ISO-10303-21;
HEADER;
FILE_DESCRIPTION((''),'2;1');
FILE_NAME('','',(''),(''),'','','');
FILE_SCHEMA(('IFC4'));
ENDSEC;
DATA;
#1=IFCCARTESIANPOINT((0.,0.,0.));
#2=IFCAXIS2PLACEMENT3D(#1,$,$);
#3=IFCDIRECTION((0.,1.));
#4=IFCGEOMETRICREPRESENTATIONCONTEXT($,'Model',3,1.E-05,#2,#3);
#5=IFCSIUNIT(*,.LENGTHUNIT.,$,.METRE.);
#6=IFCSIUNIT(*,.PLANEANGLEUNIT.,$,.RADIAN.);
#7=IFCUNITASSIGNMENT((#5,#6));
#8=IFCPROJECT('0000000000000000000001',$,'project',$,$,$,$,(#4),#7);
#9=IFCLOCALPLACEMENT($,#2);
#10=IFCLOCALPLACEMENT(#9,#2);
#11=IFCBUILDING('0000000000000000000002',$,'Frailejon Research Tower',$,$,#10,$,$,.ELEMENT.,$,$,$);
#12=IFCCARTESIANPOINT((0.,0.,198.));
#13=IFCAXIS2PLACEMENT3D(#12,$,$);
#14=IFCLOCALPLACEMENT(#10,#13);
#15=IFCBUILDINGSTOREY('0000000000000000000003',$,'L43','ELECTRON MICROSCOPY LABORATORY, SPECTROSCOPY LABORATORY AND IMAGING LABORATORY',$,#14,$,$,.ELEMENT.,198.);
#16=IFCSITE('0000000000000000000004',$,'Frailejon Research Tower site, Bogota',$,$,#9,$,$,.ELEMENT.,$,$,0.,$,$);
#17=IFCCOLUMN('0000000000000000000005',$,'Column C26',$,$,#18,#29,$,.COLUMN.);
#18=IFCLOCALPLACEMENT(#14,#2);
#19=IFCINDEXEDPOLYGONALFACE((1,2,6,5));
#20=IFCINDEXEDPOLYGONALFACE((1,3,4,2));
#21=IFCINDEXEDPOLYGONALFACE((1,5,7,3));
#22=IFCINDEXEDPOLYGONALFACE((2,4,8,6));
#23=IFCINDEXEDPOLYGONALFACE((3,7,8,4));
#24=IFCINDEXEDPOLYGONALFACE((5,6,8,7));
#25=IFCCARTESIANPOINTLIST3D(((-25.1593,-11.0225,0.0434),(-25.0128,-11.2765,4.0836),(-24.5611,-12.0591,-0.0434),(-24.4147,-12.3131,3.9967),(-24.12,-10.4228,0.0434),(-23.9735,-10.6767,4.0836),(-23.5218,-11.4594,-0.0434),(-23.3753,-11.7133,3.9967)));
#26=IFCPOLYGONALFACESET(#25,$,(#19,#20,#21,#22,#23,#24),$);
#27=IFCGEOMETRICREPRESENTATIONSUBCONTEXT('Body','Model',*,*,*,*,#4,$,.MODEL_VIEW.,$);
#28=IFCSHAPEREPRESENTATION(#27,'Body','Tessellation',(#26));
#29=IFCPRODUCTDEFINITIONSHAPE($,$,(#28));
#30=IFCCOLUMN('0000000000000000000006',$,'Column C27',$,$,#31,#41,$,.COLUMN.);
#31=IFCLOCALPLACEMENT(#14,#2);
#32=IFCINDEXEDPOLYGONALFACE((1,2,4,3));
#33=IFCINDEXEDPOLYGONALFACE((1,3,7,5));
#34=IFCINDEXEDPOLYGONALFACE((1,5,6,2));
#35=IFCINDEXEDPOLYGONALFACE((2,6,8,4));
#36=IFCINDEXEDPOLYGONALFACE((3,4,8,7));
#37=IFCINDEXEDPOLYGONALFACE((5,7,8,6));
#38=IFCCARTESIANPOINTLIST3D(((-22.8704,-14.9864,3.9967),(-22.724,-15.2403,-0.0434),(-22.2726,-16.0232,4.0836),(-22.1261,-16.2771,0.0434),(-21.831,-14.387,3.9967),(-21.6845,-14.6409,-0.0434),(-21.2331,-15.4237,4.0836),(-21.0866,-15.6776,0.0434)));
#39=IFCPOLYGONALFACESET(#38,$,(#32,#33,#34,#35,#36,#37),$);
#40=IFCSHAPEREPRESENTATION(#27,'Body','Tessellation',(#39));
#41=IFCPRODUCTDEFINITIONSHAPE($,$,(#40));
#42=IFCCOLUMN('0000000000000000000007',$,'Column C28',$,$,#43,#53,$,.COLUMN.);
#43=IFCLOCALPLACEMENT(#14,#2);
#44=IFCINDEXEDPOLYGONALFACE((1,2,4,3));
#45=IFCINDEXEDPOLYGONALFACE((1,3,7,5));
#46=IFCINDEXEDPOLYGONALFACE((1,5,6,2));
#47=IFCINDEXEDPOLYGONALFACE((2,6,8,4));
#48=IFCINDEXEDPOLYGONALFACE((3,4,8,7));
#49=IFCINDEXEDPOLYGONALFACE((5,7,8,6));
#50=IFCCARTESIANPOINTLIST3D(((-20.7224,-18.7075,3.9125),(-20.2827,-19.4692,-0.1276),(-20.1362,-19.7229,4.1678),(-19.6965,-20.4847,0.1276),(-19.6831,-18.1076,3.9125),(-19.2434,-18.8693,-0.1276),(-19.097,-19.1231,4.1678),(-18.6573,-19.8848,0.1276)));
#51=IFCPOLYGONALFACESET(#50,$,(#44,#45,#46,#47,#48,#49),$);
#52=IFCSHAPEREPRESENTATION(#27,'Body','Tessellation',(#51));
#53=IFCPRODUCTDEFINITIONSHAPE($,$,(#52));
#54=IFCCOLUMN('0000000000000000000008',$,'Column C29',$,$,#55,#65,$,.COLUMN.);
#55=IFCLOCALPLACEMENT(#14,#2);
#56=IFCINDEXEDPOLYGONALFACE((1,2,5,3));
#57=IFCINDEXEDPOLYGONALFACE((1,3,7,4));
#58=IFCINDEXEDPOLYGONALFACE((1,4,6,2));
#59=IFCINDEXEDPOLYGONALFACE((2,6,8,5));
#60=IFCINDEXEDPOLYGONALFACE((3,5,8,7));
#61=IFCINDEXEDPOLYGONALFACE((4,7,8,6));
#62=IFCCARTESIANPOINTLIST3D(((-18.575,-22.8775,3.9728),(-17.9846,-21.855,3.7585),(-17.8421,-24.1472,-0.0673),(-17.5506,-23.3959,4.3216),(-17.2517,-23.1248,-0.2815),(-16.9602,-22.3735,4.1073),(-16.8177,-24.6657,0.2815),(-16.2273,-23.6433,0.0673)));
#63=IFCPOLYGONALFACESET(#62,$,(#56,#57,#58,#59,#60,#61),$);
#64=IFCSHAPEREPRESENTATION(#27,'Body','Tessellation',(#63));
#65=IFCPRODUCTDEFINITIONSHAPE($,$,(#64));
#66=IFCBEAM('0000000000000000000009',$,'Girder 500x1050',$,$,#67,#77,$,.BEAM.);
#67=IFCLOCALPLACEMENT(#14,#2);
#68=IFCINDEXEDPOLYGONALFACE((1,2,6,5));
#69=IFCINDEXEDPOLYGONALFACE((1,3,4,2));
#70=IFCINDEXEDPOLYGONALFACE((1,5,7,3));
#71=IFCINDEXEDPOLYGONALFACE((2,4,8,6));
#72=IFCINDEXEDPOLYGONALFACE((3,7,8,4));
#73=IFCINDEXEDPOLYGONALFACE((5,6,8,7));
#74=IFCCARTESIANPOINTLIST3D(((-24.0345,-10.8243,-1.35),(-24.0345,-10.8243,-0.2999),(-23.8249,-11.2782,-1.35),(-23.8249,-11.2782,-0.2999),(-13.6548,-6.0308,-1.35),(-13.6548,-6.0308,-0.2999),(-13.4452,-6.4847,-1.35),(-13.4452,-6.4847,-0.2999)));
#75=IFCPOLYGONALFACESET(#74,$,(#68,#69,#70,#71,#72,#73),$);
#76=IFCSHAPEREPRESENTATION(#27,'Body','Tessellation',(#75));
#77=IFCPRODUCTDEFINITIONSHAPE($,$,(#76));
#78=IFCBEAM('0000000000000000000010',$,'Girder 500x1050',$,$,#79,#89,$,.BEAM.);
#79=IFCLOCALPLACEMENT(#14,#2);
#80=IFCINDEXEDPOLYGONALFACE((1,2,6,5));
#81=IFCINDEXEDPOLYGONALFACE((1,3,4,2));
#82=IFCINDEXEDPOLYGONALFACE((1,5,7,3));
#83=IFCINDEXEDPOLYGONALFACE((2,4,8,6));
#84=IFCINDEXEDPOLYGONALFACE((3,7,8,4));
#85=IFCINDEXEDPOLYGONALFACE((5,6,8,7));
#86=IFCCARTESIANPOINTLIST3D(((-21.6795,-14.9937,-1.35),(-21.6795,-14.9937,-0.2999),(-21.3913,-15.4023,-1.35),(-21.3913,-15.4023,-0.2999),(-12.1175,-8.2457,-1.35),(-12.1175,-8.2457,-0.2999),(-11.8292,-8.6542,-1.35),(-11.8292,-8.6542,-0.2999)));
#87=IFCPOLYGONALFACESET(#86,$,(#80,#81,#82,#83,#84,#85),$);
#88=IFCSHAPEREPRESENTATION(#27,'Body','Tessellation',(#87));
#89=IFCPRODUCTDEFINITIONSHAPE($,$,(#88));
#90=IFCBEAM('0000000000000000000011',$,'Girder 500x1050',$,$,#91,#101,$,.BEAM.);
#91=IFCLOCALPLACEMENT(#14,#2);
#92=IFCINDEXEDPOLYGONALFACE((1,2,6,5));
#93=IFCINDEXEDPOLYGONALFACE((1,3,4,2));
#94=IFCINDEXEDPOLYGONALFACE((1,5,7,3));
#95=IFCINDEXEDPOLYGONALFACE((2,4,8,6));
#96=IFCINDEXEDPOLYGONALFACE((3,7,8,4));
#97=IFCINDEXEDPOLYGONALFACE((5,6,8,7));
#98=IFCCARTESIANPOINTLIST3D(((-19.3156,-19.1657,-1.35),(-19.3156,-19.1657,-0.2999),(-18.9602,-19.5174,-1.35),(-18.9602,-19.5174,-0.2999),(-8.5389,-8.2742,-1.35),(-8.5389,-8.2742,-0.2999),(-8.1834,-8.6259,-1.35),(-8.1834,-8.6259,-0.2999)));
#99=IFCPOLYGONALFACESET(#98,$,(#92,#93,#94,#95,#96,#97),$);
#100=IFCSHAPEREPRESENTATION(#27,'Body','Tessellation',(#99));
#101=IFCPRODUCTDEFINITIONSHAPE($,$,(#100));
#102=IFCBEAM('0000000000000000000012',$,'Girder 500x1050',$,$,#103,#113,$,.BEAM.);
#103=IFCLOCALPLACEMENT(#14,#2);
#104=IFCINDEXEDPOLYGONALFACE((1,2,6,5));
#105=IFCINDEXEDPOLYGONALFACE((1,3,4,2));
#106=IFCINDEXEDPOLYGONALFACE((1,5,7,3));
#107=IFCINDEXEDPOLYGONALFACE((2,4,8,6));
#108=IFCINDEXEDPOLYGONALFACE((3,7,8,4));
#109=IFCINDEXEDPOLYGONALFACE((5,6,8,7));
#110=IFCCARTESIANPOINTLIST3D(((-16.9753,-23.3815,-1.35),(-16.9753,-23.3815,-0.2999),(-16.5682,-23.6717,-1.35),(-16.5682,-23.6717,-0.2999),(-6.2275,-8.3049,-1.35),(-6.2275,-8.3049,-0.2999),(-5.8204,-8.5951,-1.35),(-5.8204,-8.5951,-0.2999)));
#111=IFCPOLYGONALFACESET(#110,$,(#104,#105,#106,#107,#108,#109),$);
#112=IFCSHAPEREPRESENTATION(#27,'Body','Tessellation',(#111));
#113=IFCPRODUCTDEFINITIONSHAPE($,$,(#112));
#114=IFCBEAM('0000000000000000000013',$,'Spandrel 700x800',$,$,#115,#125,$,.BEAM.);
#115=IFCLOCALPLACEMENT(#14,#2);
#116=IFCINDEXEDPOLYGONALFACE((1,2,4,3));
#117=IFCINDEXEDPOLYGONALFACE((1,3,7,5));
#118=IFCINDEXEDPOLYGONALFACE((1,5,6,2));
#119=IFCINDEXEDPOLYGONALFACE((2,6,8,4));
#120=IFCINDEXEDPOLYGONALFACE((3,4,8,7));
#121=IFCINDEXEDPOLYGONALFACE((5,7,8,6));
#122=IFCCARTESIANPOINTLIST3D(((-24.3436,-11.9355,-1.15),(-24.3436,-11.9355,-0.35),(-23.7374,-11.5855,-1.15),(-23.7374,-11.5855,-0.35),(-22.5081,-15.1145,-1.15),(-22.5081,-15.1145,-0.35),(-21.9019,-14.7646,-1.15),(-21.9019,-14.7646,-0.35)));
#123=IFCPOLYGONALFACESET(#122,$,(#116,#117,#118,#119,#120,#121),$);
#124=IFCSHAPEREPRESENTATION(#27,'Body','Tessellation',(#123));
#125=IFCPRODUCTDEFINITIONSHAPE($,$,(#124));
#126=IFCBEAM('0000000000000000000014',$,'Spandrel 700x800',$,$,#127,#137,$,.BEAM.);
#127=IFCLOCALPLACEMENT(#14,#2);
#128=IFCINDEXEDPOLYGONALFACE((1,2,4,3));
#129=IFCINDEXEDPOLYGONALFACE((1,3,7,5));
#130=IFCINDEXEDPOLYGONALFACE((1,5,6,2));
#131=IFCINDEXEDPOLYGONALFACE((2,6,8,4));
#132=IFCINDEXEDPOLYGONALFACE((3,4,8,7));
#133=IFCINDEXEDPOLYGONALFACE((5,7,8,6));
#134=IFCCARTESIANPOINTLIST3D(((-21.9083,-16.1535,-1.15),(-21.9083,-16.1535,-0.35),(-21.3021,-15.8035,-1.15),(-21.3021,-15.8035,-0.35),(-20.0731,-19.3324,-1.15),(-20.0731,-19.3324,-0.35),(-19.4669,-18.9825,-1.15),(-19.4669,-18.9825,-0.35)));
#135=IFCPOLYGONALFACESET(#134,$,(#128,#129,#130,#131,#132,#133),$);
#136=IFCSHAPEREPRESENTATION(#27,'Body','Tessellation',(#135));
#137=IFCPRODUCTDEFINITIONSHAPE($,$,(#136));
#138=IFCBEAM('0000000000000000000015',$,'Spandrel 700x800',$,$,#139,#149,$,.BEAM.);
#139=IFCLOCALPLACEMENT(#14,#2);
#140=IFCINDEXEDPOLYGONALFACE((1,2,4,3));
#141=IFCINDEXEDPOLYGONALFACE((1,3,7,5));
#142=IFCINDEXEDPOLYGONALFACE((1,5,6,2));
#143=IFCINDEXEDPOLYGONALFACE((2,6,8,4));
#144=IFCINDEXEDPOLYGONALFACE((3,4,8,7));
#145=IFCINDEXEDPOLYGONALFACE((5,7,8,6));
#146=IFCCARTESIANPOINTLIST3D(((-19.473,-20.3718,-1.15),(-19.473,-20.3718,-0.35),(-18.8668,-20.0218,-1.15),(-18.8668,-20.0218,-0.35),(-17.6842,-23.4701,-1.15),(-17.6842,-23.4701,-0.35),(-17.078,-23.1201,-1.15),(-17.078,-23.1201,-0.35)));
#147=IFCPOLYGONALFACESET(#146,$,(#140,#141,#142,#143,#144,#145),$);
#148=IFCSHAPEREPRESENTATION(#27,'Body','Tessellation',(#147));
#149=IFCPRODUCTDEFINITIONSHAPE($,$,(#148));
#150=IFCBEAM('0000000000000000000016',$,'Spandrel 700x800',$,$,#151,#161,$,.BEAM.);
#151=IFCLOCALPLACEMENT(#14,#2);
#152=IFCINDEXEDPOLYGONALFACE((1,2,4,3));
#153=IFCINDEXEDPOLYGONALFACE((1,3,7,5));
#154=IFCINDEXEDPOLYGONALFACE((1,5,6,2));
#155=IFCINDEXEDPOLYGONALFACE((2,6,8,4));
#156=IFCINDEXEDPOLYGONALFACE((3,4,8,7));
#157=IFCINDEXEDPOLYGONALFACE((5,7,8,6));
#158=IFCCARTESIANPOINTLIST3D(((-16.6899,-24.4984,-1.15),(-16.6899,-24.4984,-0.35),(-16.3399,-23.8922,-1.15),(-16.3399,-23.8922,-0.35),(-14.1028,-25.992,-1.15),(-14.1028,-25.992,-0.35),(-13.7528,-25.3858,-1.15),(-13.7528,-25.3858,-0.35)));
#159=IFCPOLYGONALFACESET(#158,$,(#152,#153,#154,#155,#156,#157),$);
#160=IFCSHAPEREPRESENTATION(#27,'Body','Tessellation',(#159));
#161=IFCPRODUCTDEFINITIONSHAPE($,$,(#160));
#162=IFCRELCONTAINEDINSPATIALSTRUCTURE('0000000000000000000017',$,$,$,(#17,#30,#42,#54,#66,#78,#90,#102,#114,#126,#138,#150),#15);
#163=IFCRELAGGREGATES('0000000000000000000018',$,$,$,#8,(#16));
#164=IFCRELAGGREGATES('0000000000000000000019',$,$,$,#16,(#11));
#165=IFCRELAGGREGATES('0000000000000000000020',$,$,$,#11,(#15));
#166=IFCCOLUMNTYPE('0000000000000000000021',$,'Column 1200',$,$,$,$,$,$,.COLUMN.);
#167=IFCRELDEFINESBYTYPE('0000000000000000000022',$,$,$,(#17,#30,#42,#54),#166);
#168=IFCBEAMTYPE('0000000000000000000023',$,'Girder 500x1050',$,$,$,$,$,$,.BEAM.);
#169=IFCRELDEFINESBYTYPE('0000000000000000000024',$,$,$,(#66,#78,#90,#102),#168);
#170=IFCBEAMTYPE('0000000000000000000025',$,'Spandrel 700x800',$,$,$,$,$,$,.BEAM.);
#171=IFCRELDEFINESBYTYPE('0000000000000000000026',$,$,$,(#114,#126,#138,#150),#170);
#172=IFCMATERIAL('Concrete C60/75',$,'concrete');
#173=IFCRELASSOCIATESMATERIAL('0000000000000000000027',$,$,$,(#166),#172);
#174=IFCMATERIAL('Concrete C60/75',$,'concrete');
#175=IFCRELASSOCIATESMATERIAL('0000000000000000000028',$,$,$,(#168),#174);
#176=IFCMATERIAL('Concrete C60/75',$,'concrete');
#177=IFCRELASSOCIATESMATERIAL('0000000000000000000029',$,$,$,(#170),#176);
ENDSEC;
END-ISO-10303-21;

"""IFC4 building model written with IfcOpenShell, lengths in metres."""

from ifc_helpers import new_model, si_unit, direction, frame, origin, origin_2d, place, context, subcontext, project, spatial, rectangle, extrude, material, material_profile, profile_set, type_object, element, save


model = new_model("IFC4")

# Units and contexts
model_context = context("Model", 3, precision=1e-05, world=origin(), true_north=direction((0.0, 1.0)))
body_context = subcontext(model_context, "Body", "Model", "MODEL_VIEW")
ifc_project = project(units=[si_unit("LENGTHUNIT", "METRE"), si_unit("PLANEANGLEUNIT", "RADIAN")], contexts=[model_context])

# Site, building, storey
site_placement = place(None, origin())
site = spatial("IfcSite", under=ifc_project, at=site_placement, Name="Frailejon Research Tower site, Bogota", CompositionType="ELEMENT", RefElevation=0.0)
building_placement = place(site_placement, origin())
building = spatial("IfcBuilding", under=site, at=building_placement, Name="Frailejon Research Tower", CompositionType="ELEMENT")
storey_placement = place(building_placement, frame((0.0, 0.0, 198.0)))
storey = spatial("IfcBuildingStorey", under=building, at=storey_placement, Name="L43", Description="ELECTRON MICROSCOPY LABORATORY, SPECTROSCOPY LABORATORY AND IMAGING LABORATORY", CompositionType="ELEMENT", Elevation=198.0)

# Columns
ifc_material_1 = material(Name="Concrete C60/75", Category="concrete")
ifc_material_profile_1 = material_profile(ifc_material_1, rectangle(XDim=1.2, YDim=1.2, at=origin_2d()), Name="Column 1200")
ifc_profile_set_1 = profile_set([ifc_material_profile_1], Name="Concrete C60/75")
column_type = type_object("IfcColumnType", Name="Column 1200", PredefinedType="COLUMN", material=ifc_profile_set_1)
for number, where, z_axis, x_axis, name in (
    (1, (-24.3406, -11.241, 0.0), (0.036163, -0.062683, 0.997378), (0.4985, -0.863864, -0.072366), "Column C26"),
    (2, (-21.9053, -15.459, 0.0), (-0.036163, 0.062683, 0.997378), (0.498264, -0.864, 0.072366), "Column C27"),
):
    element("IfcColumn", number, at=place(storey_placement, frame(where, z_axis=z_axis, x_axis=x_axis)), inside=storey, type_object=column_type, Name=name, PredefinedType="COLUMN", context=body_context, shape_type="SweptSolid", body=[
        extrude(rectangle(XDim=1.2, YDim=1.2, at=origin_2d()), origin(), (0.0, 0.0, 1.0), 4.0508),
    ])
column_1_placement = place(storey_placement, frame((-19.47, -19.677, 0.0), z_axis=(-0.106344, 0.184227, 0.977114), x_axis=(0.488465, -0.846258, 0.212718)))
element("IfcColumn", 3, at=column_1_placement, inside=storey, type_object=column_type, Name="Column C28", PredefinedType="COLUMN", context=body_context, shape_type="SweptSolid", body=[
    extrude(rectangle(XDim=1.2, YDim=1.2, at=origin_2d()), origin(), (0.0, 0.0, 1.0), 4.1348),
])
column_2_placement = place(storey_placement, frame((-17.0347, -23.8953, 0.0), z_axis=(-0.17053, 0.295445, 0.940017), x_axis=(0.853708, -0.432077, 0.290674)))
element("IfcColumn", 4, at=column_2_placement, inside=storey, type_object=column_type, Name="Column C29", PredefinedType="COLUMN", context=body_context, shape_type="SweptSolid", body=[
    extrude(rectangle(XDim=1.2, YDim=1.2, at=origin_2d()), origin(), (0.0, 0.0, 1.0), 4.2979),
])

# Beams
ifc_material_2 = material(Name="Concrete C60/75", Category="concrete")
ifc_material_profile_2 = material_profile(ifc_material_2, rectangle(XDim=0.5, YDim=1.05, at=origin_2d()), Name="Girder 500x1050")
ifc_profile_set_2 = profile_set([ifc_material_profile_2], Name="Concrete C60/75")
beam_type_1 = type_object("IfcBeamType", Name="Girder 500x1050", PredefinedType="BEAM", material=ifc_profile_set_2)
beam_1_placement = place(storey_placement, frame((-23.9297, -11.0513, -0.825), z_axis=(0.907864, 0.419264, 0.0), x_axis=(-0.419264, 0.907864, 0.0)))
element("IfcBeam", 5, at=beam_1_placement, inside=storey, type_object=beam_type_1, Name="Girder 500x1050", PredefinedType="BEAM", context=body_context, shape_type="SweptSolid", body=[
    extrude(rectangle(XDim=0.5, YDim=1.05, at=origin_2d()), origin(), (0.0, 0.0, 1.0), 11.4331),
])
beam_2_placement = place(storey_placement, frame((-21.5354, -15.198, -0.825), z_axis=(0.817033, 0.576591, 0.0), x_axis=(-0.576591, 0.817033, 0.0)))
element("IfcBeam", 6, at=beam_2_placement, inside=storey, type_object=beam_type_1, Name="Girder 500x1050", PredefinedType="BEAM", context=body_context, shape_type="SweptSolid", body=[
    extrude(rectangle(XDim=0.5, YDim=1.05, at=origin_2d()), origin(), (0.0, 0.0, 1.0), 11.7034),
])
beam_3_placement = place(storey_placement, frame((-19.1379, -19.3416, -0.825), z_axis=(0.703352, 0.710841, 0.0), x_axis=(-0.710841, 0.703352, 0.0)))
element("IfcBeam", 7, at=beam_3_placement, inside=storey, type_object=beam_type_1, Name="Girder 500x1050", PredefinedType="BEAM", context=body_context, shape_type="SweptSolid", body=[
    extrude(rectangle(XDim=0.5, YDim=1.05, at=origin_2d()), origin(), (0.0, 0.0, 1.0), 15.322),
])
beam_4_placement = place(storey_placement, frame((-16.7717, -23.5266, -0.825), z_axis=(0.580478, 0.814276, 0.0), x_axis=(-0.814276, 0.580478, 0.0)))
element("IfcBeam", 8, at=beam_4_placement, inside=storey, type_object=beam_type_1, Name="Girder 500x1050", PredefinedType="BEAM", context=body_context, shape_type="SweptSolid", body=[
    extrude(rectangle(XDim=0.5, YDim=1.05, at=origin_2d()), origin(), (0.0, 0.0, 1.0), 18.5154),
])
ifc_material_3 = material(Name="Concrete C60/75", Category="concrete")
ifc_material_profile_3 = material_profile(ifc_material_3, rectangle(XDim=0.7, YDim=0.8, at=origin_2d()), Name="Spandrel 700x800")
ifc_profile_set_3 = profile_set([ifc_material_profile_3], Name="Concrete C60/75")
beam_type_2 = type_object("IfcBeamType", Name="Spandrel 700x800", PredefinedType="BEAM", material=ifc_profile_set_3)
beam_5_placement = place(storey_placement, frame((-24.0405, -11.7605, -0.75), z_axis=(0.500016, -0.866016, 0.0), x_axis=(0.866016, 0.500016, 0.0)))
element("IfcBeam", 9, at=beam_5_placement, inside=storey, type_object=beam_type_2, Name="Spandrel 700x800", PredefinedType="BEAM", context=body_context, shape_type="SweptSolid", body=[
    extrude(rectangle(XDim=0.7, YDim=0.8, at=origin_2d()), origin(), (0.0, 0.0, 1.0), 3.6709),
])
beam_6_placement = place(storey_placement, frame((-21.6052, -15.9785, -0.75), z_axis=(0.499966, -0.866045, 0.0), x_axis=(0.866045, 0.499966, 0.0)))
element("IfcBeam", 10, at=beam_6_placement, inside=storey, type_object=beam_type_2, Name="Spandrel 700x800", PredefinedType="BEAM", context=body_context, shape_type="SweptSolid", body=[
    extrude(rectangle(XDim=0.7, YDim=0.8, at=origin_2d()), origin(), (0.0, 0.0, 1.0), 3.6707),
])
beam_7_placement = place(storey_placement, frame((-19.1699, -20.1968, -0.75), z_axis=(0.499992, -0.86603, 0.0), x_axis=(0.86603, 0.499992, 0.0)))
element("IfcBeam", 11, at=beam_7_placement, inside=storey, type_object=beam_type_2, Name="Spandrel 700x800", PredefinedType="BEAM", context=body_context, shape_type="SweptSolid", body=[
    extrude(rectangle(XDim=0.7, YDim=0.8, at=origin_2d()), origin(), (0.0, 0.0, 1.0), 3.5776),
])
beam_8_placement = place(storey_placement, frame((-16.5149, -24.1953, -0.75), z_axis=(0.866032, -0.499989, 0.0), x_axis=(0.499989, 0.866032, 0.0)))
element("IfcBeam", 12, at=beam_8_placement, inside=storey, type_object=beam_type_2, Name="Spandrel 700x800", PredefinedType="BEAM", context=body_context, shape_type="SweptSolid", body=[
    extrude(rectangle(XDim=0.7, YDim=0.8, at=origin_2d()), origin(), (0.0, 0.0, 1.0), 2.9873),
])

save(model, "model.ifc")
